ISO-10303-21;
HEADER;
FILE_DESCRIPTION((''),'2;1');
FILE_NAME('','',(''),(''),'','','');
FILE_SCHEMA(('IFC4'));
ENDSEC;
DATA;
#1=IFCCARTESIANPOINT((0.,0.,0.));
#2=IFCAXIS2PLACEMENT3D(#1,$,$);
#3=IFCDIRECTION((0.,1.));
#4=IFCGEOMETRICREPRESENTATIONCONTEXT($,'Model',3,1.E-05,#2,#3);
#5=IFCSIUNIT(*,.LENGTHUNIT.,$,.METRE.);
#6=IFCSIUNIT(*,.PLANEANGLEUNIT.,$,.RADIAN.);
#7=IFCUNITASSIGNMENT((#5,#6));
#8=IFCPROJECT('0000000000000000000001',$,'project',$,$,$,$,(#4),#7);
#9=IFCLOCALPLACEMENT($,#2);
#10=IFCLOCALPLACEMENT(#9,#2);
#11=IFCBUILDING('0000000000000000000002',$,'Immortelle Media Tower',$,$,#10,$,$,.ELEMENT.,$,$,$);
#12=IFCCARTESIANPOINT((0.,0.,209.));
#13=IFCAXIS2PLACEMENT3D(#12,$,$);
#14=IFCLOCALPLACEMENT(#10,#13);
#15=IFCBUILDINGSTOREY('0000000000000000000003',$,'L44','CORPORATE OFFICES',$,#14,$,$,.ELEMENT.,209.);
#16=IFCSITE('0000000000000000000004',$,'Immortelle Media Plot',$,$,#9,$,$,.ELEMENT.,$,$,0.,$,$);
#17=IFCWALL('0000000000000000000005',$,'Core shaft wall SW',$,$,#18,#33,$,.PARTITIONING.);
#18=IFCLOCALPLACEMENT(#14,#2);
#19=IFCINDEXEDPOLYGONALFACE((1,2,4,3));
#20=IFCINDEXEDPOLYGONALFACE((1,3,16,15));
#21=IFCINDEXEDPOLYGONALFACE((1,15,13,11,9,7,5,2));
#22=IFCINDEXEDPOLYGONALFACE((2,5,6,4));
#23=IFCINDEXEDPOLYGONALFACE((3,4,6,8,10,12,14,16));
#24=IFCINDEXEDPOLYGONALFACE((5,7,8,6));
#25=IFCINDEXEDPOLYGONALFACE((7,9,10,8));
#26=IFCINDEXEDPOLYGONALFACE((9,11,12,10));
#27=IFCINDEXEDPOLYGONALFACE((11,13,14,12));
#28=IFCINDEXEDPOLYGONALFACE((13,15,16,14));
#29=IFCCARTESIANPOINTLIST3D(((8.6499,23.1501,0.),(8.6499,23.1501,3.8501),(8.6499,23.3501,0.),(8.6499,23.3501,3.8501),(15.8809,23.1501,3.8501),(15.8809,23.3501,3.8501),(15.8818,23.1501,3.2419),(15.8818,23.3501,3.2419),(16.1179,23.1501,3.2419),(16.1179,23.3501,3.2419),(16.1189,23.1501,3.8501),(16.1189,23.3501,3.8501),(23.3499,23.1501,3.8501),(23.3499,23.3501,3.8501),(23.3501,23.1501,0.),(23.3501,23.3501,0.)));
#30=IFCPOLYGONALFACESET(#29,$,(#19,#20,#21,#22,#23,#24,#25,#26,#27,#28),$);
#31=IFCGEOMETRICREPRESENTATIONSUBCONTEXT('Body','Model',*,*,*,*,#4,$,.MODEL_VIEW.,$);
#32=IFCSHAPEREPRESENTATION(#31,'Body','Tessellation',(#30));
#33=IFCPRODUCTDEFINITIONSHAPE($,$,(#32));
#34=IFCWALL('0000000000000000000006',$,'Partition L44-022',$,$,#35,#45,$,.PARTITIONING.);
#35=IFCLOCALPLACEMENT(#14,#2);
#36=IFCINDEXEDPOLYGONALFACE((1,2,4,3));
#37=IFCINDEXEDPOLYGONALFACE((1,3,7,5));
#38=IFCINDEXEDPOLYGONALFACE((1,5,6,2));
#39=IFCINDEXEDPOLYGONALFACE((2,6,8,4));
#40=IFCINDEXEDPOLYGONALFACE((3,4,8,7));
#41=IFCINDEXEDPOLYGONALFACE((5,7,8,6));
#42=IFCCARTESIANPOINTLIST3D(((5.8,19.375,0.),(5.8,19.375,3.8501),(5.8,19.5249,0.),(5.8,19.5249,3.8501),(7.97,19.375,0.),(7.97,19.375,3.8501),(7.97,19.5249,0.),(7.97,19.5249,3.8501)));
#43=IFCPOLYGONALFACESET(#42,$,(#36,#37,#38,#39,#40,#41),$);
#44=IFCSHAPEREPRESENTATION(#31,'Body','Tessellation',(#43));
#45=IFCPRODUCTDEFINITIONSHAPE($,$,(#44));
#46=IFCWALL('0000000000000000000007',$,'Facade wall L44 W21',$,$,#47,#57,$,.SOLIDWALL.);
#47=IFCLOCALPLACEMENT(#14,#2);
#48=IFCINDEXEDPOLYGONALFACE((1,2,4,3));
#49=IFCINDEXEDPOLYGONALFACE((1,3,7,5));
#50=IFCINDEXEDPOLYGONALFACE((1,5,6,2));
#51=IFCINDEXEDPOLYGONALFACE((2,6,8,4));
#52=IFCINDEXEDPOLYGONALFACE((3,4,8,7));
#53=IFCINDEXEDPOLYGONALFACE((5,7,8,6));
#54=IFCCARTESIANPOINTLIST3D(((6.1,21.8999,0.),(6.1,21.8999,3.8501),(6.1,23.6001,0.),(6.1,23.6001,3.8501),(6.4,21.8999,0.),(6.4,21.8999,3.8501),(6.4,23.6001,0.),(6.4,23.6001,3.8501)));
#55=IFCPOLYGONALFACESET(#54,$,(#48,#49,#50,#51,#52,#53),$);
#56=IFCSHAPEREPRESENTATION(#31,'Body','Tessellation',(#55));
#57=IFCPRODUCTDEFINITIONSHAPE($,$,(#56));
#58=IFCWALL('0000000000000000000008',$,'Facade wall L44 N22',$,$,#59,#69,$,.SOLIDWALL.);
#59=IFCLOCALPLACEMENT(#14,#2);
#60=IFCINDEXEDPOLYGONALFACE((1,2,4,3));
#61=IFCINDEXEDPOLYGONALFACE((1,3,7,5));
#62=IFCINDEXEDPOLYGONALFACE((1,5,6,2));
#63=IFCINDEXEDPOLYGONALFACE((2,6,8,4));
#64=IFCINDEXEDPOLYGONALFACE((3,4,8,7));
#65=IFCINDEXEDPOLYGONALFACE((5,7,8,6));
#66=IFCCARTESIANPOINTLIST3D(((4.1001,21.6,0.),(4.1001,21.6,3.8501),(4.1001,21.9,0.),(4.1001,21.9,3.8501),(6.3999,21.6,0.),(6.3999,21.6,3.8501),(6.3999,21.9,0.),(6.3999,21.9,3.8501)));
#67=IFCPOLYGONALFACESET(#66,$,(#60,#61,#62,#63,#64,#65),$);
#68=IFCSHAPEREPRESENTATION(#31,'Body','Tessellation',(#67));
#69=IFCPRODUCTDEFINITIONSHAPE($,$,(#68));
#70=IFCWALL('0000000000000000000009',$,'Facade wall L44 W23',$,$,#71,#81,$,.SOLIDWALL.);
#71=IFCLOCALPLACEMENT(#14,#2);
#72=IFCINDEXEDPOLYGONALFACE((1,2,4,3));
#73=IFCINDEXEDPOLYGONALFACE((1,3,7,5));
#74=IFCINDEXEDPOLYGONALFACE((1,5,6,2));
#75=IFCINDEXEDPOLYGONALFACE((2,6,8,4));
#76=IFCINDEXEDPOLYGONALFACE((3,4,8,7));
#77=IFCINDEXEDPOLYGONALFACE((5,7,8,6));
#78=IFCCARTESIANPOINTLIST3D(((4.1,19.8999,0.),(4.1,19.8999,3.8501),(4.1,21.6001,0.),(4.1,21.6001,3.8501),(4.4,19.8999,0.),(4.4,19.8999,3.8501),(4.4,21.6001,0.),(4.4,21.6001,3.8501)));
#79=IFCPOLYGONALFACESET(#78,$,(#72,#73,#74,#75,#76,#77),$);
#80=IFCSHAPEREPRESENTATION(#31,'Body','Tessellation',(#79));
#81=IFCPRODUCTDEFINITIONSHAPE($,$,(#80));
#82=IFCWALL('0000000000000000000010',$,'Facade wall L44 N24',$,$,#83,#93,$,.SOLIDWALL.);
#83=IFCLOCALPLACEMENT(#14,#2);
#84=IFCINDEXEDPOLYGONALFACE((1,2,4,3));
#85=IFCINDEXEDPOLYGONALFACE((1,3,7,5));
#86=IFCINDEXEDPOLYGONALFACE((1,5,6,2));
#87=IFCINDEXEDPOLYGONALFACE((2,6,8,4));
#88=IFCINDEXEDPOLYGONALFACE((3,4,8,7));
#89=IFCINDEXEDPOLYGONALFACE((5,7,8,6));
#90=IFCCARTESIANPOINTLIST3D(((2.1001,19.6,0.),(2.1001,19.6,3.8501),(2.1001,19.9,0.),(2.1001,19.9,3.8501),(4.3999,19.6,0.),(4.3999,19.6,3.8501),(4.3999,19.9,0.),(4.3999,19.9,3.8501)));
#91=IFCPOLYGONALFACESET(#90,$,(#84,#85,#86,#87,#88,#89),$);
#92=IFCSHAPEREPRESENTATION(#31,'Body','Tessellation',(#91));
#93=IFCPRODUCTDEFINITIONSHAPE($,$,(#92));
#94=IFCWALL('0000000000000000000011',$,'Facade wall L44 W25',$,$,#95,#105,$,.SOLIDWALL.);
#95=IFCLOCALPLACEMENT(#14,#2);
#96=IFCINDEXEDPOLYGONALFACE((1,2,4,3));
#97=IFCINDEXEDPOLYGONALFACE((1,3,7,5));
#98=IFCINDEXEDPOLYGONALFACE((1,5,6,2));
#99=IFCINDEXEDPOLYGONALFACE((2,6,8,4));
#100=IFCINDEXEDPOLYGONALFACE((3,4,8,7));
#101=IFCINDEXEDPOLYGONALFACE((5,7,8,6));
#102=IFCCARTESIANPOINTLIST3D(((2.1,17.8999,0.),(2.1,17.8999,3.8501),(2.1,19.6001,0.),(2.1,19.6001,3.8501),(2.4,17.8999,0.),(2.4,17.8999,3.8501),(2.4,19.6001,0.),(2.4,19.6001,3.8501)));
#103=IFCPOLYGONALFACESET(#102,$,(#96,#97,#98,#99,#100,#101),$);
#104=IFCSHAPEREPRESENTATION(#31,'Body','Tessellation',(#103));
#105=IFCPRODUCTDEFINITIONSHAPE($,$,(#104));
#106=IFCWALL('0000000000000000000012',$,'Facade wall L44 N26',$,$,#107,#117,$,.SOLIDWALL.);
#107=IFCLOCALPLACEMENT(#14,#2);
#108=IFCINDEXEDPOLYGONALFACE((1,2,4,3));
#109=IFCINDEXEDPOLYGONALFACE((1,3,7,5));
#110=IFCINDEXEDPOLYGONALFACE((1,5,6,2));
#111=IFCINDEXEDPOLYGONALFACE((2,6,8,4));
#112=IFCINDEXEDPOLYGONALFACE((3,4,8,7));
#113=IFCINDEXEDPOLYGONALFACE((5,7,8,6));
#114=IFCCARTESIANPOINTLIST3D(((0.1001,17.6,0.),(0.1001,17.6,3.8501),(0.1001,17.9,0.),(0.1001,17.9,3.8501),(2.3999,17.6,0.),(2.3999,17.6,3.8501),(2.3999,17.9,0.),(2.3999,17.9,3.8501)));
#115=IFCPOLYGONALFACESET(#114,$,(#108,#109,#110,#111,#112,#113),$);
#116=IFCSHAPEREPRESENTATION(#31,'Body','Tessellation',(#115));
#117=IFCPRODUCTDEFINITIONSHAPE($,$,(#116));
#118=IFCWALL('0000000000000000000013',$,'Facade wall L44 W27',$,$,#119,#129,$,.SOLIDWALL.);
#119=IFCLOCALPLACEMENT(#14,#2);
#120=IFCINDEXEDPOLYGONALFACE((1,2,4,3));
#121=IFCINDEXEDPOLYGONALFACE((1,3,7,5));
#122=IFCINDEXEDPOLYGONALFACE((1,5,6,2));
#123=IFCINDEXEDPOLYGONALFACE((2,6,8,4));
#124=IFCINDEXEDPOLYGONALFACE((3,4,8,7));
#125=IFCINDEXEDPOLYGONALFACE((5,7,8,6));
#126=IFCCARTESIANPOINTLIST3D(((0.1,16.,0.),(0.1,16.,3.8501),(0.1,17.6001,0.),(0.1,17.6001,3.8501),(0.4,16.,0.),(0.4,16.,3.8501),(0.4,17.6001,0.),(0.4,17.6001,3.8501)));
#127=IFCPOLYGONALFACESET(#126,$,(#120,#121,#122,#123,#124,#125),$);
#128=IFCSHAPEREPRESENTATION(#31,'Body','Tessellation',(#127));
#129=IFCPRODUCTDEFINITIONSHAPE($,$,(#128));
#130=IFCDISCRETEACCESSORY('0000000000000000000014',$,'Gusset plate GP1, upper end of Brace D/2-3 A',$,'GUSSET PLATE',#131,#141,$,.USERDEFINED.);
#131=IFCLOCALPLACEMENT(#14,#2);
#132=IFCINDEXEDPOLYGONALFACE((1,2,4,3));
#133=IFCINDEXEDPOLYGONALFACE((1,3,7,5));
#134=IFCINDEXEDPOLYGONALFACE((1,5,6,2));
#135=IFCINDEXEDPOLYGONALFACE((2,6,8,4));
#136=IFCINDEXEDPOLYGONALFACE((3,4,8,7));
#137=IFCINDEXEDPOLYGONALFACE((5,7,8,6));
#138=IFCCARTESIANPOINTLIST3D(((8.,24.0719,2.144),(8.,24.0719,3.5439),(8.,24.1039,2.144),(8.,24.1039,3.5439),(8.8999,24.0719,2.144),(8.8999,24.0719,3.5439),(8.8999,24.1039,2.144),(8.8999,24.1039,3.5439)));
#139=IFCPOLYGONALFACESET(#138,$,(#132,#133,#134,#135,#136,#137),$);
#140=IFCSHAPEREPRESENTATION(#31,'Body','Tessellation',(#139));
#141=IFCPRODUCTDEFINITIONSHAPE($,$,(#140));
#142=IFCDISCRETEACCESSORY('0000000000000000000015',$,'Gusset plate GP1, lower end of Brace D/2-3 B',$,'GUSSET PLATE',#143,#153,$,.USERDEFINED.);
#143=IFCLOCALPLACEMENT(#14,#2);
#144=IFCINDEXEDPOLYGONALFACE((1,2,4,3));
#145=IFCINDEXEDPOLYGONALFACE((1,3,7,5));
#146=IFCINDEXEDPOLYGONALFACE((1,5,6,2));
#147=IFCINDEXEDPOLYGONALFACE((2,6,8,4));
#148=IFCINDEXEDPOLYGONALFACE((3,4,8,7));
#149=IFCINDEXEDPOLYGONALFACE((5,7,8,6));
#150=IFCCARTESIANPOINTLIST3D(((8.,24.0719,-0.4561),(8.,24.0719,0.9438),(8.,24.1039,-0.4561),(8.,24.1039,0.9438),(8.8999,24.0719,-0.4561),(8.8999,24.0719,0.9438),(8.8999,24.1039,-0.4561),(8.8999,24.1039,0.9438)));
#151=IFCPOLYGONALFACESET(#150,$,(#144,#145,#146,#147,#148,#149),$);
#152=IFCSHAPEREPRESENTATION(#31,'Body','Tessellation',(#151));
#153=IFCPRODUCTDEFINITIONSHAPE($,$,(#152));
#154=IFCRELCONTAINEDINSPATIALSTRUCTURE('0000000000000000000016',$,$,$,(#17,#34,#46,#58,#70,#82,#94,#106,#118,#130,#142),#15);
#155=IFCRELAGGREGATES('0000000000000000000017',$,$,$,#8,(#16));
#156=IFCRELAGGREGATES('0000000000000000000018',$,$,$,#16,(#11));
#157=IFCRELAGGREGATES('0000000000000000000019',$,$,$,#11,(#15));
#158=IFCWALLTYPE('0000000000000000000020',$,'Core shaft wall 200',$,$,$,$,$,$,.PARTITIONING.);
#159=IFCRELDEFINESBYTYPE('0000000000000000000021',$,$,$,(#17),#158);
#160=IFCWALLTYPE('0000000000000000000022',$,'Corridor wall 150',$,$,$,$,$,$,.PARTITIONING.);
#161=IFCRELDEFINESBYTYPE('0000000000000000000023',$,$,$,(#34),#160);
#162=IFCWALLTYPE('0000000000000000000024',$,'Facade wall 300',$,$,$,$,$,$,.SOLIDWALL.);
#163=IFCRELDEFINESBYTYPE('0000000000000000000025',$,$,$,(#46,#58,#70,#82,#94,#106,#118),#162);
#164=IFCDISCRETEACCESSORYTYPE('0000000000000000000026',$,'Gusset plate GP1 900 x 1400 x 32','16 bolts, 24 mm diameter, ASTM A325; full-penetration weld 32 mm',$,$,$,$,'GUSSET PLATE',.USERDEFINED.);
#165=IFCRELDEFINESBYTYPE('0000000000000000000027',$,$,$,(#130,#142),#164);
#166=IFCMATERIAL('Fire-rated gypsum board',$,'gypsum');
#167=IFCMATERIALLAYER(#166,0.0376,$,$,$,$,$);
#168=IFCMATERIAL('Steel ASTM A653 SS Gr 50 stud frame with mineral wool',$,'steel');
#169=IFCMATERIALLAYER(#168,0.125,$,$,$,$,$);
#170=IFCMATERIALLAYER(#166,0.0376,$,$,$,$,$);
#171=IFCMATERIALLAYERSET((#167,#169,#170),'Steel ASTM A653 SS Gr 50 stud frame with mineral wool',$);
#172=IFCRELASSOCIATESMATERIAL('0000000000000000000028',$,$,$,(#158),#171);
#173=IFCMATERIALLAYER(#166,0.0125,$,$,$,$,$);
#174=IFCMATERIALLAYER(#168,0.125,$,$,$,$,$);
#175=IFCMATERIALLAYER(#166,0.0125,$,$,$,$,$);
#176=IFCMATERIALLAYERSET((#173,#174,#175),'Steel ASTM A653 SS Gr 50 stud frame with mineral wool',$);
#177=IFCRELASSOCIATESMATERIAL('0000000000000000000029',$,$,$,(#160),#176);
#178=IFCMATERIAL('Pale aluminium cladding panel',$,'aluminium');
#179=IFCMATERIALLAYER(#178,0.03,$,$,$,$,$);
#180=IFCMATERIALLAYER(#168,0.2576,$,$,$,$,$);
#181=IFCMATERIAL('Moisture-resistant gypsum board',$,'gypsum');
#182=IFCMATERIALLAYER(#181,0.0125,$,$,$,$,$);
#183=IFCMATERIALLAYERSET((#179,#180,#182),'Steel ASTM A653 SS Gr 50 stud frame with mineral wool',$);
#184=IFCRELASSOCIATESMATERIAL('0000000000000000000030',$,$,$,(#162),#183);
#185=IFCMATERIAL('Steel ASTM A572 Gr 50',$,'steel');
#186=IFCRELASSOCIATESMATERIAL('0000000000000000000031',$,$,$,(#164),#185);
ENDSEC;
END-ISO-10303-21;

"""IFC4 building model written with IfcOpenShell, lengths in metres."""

from ifc_helpers import new_model, si_unit, direction, frame, frame_2d, origin, origin_2d, place, context, subcontext, project, spatial, polyline, rectangle, outline, extrude, material, layer, layer_set, material_profile, profile_set, type_object, element, save


model = new_model("IFC4")

# Units and contexts
model_context = context("Model", 3, precision=1e-05, world=origin(), true_north=direction((0.0, 1.0)))
body_context = subcontext(model_context, "Body", "Model", "MODEL_VIEW")
ifc_project = project(units=[si_unit("LENGTHUNIT", "METRE"), si_unit("PLANEANGLEUNIT", "RADIAN")], contexts=[model_context])

# Site, building, storey
site_placement = place(None, origin())
site = spatial("IfcSite", under=ifc_project, at=site_placement, Name="Immortelle Media Plot", CompositionType="ELEMENT", RefElevation=0.0)
building_placement = place(site_placement, origin())
building = spatial("IfcBuilding", under=site, at=building_placement, Name="Immortelle Media Tower", CompositionType="ELEMENT")
storey_placement = place(building_placement, frame((0.0, 0.0, 209.0)))
storey = spatial("IfcBuildingStorey", under=building, at=storey_placement, Name="L44", Description="CORPORATE OFFICES", CompositionType="ELEMENT", Elevation=209.0)

# Walls
ifc_material_1 = material(Name="Fire-rated gypsum board", Category="gypsum")
ifc_layer_1 = layer(ifc_material_1, 0.0376)
ifc_material_2 = material(Name="Steel ASTM A653 SS Gr 50 stud frame with mineral wool", Category="steel")
ifc_layer_2 = layer(ifc_material_2, 0.125)
ifc_layer_3 = layer(ifc_material_1, 0.0376)
ifc_layer_set_1 = layer_set([ifc_layer_1, ifc_layer_2, ifc_layer_3], Name="Steel ASTM A653 SS Gr 50 stud frame with mineral wool")
wall_type_1 = type_object("IfcWallType", Name="Core shaft wall 200", PredefinedType="PARTITIONING", material=ifc_layer_set_1)
wall_1_placement = place(storey_placement, frame((8.6499, 23.25, 0.0), z_axis=(0.0, 0.0, 1.0), x_axis=(1.0, 0.0, 0.0)))
element("IfcWall", 1, at=wall_1_placement, inside=storey, type_object=wall_type_1, Name="Core shaft wall SW", PredefinedType="PARTITIONING", context=body_context, shape_type="SweptSolid", body=[
    extrude(outline(polyline([(0.0, 0.0), (14.7002, 0.0), (14.7, 3.8501), (7.469, 3.8501), (7.468, 3.2419), (7.2319, 3.2419), (7.231, 3.8501), (0.0, 3.8501), (0.0, 0.0)])), frame((0.0, 0.1001, 0.0), z_axis=(0.0, -1.0, 0.0), x_axis=(1.0, 0.0, 0.0)), (0.0, 0.0, 1.0), 0.2),
])
ifc_layer_4 = layer(ifc_material_1, 0.0125)
ifc_layer_5 = layer(ifc_material_2, 0.125)
ifc_layer_6 = layer(ifc_material_1, 0.0125)
ifc_layer_set_2 = layer_set([ifc_layer_4, ifc_layer_5, ifc_layer_6], Name="Steel ASTM A653 SS Gr 50 stud frame with mineral wool")
wall_type_2 = type_object("IfcWallType", Name="Corridor wall 150", PredefinedType="PARTITIONING", material=ifc_layer_set_2)
wall_2_placement = place(storey_placement, frame((5.8, 19.45, 0.0), z_axis=(0.0, 0.0, 1.0), x_axis=(1.0, 0.0, 0.0)))
element("IfcWall", 2, at=wall_2_placement, inside=storey, type_object=wall_type_2, Name="Partition L44-022", PredefinedType="PARTITIONING", context=body_context, shape_type="SweptSolid", body=[
    extrude(rectangle(XDim=2.1699, YDim=0.1499, at=frame_2d((1.085, 0.0))), origin(), (0.0, 0.0, 1.0), 3.8501),
])
ifc_material_3 = material(Name="Pale aluminium cladding panel", Category="aluminium")
ifc_layer_7 = layer(ifc_material_3, 0.03)
ifc_layer_8 = layer(ifc_material_2, 0.2576)
ifc_material_4 = material(Name="Moisture-resistant gypsum board", Category="gypsum")
ifc_layer_9 = layer(ifc_material_4, 0.0125)
ifc_layer_set_3 = layer_set([ifc_layer_7, ifc_layer_8, ifc_layer_9], Name="Steel ASTM A653 SS Gr 50 stud frame with mineral wool")
wall_type_3 = type_object("IfcWallType", Name="Facade wall 300", PredefinedType="SOLIDWALL", material=ifc_layer_set_3)
wall_3_placement = place(storey_placement, frame((6.25, 23.6001, 0.0), z_axis=(0.0, 0.0, 1.0), x_axis=(0.0, -1.0, 0.0)))
element("IfcWall", 3, at=wall_3_placement, inside=storey, type_object=wall_type_3, Name="Facade wall L44 W21", PredefinedType="SOLIDWALL", context=body_context, shape_type="SweptSolid", body=[
    extrude(rectangle(XDim=1.7002, YDim=0.3, at=frame_2d((0.8501, 0.0))), origin(), (0.0, 0.0, 1.0), 3.8501),
])
wall_4_placement = place(storey_placement, frame((6.3999, 21.75, 0.0), z_axis=(0.0, 0.0, 1.0), x_axis=(-1.0, 0.0, 0.0)))
element("IfcWall", 4, at=wall_4_placement, inside=storey, type_object=wall_type_3, Name="Facade wall L44 N22", PredefinedType="SOLIDWALL", context=body_context, shape_type="SweptSolid", body=[
    extrude(rectangle(XDim=2.2998, YDim=0.3, at=frame_2d((1.1499, 0.0))), origin(), (0.0, 0.0, 1.0), 3.8501),
])
wall_5_placement = place(storey_placement, frame((4.25, 21.6001, 0.0), z_axis=(0.0, 0.0, 1.0), x_axis=(0.0, -1.0, 0.0)))
element("IfcWall", 5, at=wall_5_placement, inside=storey, type_object=wall_type_3, Name="Facade wall L44 W23", PredefinedType="SOLIDWALL", context=body_context, shape_type="SweptSolid", body=[
    extrude(rectangle(XDim=1.7002, YDim=0.3, at=frame_2d((0.8501, 0.0))), origin(), (0.0, 0.0, 1.0), 3.8501),
])
wall_6_placement = place(storey_placement, frame((4.3999, 19.75, 0.0), z_axis=(0.0, 0.0, 1.0), x_axis=(-1.0, 0.0, 0.0)))
element("IfcWall", 6, at=wall_6_placement, inside=storey, type_object=wall_type_3, Name="Facade wall L44 N24", PredefinedType="SOLIDWALL", context=body_context, shape_type="SweptSolid", body=[
    extrude(rectangle(XDim=2.2998, YDim=0.3, at=frame_2d((1.1499, 0.0))), origin(), (0.0, 0.0, 1.0), 3.8501),
])
wall_7_placement = place(storey_placement, frame((2.25, 19.6001, 0.0), z_axis=(0.0, 0.0, 1.0), x_axis=(0.0, -1.0, 0.0)))
element("IfcWall", 7, at=wall_7_placement, inside=storey, type_object=wall_type_3, Name="Facade wall L44 W25", PredefinedType="SOLIDWALL", context=body_context, shape_type="SweptSolid", body=[
    extrude(rectangle(XDim=1.7002, YDim=0.3, at=frame_2d((0.8501, 0.0))), origin(), (0.0, 0.0, 1.0), 3.8501),
])
wall_8_placement = place(storey_placement, frame((2.3999, 17.75, 0.0), z_axis=(0.0, 0.0, 1.0), x_axis=(-1.0, 0.0, 0.0)))
element("IfcWall", 8, at=wall_8_placement, inside=storey, type_object=wall_type_3, Name="Facade wall L44 N26", PredefinedType="SOLIDWALL", context=body_context, shape_type="SweptSolid", body=[
    extrude(rectangle(XDim=2.2998, YDim=0.3, at=frame_2d((1.1499, 0.0))), origin(), (0.0, 0.0, 1.0), 3.8501),
])
wall_9_placement = place(storey_placement, frame((0.25, 17.6001, 0.0), z_axis=(0.0, 0.0, 1.0), x_axis=(0.0, -1.0, 0.0)))
element("IfcWall", 9, at=wall_9_placement, inside=storey, type_object=wall_type_3, Name="Facade wall L44 W27", PredefinedType="SOLIDWALL", context=body_context, shape_type="SweptSolid", body=[
    extrude(rectangle(XDim=1.6001, YDim=0.3, at=frame_2d((0.8, 0.0))), origin(), (0.0, 0.0, 1.0), 3.8501),
])

# Discrete accessories
ifc_material_5 = material(Name="Steel ASTM A572 Gr 50", Category="steel")
ifc_material_profile_1 = material_profile(ifc_material_5, rectangle(XDim=0.032, YDim=1.3999, at=origin_2d()), Name="PL 32 x 1400")
ifc_profile_set_1 = profile_set([ifc_material_profile_1], Name="Steel ASTM A572 Gr 50")
discrete_accessory_type = type_object("IfcDiscreteAccessoryType", Name="Gusset plate GP1 900 x 1400 x 32", Description="16 bolts, 24 mm diameter, ASTM A325; full-penetration weld 32 mm", ElementType="GUSSET PLATE", PredefinedType="USERDEFINED", material=ifc_profile_set_1)
for number, where, z_axis, x_axis, name in (
    (10, (8.0, 24.0879, 2.844), (1.0, 0.0, 0.0), (0.0, 1.0, 0.0), "Gusset plate GP1, upper end of Brace D/2-3 A"),
    (11, (8.0, 24.0879, 0.2439), (1.0, 0.0, 0.0), (0.0, 1.0, 0.0), "Gusset plate GP1, lower end of Brace D/2-3 B"),
):
    element("IfcDiscreteAccessory", number, at=place(storey_placement, frame(where, z_axis=z_axis, x_axis=x_axis)), inside=storey, type_object=discrete_accessory_type, Name=name, ObjectType="GUSSET PLATE", PredefinedType="USERDEFINED", context=body_context, shape_type="SweptSolid", body=[
        extrude(rectangle(XDim=0.032, YDim=1.3999, at=origin_2d()), origin(), (0.0, 0.0, 1.0), 0.8999),
    ])

save(model, "model.ifc")
